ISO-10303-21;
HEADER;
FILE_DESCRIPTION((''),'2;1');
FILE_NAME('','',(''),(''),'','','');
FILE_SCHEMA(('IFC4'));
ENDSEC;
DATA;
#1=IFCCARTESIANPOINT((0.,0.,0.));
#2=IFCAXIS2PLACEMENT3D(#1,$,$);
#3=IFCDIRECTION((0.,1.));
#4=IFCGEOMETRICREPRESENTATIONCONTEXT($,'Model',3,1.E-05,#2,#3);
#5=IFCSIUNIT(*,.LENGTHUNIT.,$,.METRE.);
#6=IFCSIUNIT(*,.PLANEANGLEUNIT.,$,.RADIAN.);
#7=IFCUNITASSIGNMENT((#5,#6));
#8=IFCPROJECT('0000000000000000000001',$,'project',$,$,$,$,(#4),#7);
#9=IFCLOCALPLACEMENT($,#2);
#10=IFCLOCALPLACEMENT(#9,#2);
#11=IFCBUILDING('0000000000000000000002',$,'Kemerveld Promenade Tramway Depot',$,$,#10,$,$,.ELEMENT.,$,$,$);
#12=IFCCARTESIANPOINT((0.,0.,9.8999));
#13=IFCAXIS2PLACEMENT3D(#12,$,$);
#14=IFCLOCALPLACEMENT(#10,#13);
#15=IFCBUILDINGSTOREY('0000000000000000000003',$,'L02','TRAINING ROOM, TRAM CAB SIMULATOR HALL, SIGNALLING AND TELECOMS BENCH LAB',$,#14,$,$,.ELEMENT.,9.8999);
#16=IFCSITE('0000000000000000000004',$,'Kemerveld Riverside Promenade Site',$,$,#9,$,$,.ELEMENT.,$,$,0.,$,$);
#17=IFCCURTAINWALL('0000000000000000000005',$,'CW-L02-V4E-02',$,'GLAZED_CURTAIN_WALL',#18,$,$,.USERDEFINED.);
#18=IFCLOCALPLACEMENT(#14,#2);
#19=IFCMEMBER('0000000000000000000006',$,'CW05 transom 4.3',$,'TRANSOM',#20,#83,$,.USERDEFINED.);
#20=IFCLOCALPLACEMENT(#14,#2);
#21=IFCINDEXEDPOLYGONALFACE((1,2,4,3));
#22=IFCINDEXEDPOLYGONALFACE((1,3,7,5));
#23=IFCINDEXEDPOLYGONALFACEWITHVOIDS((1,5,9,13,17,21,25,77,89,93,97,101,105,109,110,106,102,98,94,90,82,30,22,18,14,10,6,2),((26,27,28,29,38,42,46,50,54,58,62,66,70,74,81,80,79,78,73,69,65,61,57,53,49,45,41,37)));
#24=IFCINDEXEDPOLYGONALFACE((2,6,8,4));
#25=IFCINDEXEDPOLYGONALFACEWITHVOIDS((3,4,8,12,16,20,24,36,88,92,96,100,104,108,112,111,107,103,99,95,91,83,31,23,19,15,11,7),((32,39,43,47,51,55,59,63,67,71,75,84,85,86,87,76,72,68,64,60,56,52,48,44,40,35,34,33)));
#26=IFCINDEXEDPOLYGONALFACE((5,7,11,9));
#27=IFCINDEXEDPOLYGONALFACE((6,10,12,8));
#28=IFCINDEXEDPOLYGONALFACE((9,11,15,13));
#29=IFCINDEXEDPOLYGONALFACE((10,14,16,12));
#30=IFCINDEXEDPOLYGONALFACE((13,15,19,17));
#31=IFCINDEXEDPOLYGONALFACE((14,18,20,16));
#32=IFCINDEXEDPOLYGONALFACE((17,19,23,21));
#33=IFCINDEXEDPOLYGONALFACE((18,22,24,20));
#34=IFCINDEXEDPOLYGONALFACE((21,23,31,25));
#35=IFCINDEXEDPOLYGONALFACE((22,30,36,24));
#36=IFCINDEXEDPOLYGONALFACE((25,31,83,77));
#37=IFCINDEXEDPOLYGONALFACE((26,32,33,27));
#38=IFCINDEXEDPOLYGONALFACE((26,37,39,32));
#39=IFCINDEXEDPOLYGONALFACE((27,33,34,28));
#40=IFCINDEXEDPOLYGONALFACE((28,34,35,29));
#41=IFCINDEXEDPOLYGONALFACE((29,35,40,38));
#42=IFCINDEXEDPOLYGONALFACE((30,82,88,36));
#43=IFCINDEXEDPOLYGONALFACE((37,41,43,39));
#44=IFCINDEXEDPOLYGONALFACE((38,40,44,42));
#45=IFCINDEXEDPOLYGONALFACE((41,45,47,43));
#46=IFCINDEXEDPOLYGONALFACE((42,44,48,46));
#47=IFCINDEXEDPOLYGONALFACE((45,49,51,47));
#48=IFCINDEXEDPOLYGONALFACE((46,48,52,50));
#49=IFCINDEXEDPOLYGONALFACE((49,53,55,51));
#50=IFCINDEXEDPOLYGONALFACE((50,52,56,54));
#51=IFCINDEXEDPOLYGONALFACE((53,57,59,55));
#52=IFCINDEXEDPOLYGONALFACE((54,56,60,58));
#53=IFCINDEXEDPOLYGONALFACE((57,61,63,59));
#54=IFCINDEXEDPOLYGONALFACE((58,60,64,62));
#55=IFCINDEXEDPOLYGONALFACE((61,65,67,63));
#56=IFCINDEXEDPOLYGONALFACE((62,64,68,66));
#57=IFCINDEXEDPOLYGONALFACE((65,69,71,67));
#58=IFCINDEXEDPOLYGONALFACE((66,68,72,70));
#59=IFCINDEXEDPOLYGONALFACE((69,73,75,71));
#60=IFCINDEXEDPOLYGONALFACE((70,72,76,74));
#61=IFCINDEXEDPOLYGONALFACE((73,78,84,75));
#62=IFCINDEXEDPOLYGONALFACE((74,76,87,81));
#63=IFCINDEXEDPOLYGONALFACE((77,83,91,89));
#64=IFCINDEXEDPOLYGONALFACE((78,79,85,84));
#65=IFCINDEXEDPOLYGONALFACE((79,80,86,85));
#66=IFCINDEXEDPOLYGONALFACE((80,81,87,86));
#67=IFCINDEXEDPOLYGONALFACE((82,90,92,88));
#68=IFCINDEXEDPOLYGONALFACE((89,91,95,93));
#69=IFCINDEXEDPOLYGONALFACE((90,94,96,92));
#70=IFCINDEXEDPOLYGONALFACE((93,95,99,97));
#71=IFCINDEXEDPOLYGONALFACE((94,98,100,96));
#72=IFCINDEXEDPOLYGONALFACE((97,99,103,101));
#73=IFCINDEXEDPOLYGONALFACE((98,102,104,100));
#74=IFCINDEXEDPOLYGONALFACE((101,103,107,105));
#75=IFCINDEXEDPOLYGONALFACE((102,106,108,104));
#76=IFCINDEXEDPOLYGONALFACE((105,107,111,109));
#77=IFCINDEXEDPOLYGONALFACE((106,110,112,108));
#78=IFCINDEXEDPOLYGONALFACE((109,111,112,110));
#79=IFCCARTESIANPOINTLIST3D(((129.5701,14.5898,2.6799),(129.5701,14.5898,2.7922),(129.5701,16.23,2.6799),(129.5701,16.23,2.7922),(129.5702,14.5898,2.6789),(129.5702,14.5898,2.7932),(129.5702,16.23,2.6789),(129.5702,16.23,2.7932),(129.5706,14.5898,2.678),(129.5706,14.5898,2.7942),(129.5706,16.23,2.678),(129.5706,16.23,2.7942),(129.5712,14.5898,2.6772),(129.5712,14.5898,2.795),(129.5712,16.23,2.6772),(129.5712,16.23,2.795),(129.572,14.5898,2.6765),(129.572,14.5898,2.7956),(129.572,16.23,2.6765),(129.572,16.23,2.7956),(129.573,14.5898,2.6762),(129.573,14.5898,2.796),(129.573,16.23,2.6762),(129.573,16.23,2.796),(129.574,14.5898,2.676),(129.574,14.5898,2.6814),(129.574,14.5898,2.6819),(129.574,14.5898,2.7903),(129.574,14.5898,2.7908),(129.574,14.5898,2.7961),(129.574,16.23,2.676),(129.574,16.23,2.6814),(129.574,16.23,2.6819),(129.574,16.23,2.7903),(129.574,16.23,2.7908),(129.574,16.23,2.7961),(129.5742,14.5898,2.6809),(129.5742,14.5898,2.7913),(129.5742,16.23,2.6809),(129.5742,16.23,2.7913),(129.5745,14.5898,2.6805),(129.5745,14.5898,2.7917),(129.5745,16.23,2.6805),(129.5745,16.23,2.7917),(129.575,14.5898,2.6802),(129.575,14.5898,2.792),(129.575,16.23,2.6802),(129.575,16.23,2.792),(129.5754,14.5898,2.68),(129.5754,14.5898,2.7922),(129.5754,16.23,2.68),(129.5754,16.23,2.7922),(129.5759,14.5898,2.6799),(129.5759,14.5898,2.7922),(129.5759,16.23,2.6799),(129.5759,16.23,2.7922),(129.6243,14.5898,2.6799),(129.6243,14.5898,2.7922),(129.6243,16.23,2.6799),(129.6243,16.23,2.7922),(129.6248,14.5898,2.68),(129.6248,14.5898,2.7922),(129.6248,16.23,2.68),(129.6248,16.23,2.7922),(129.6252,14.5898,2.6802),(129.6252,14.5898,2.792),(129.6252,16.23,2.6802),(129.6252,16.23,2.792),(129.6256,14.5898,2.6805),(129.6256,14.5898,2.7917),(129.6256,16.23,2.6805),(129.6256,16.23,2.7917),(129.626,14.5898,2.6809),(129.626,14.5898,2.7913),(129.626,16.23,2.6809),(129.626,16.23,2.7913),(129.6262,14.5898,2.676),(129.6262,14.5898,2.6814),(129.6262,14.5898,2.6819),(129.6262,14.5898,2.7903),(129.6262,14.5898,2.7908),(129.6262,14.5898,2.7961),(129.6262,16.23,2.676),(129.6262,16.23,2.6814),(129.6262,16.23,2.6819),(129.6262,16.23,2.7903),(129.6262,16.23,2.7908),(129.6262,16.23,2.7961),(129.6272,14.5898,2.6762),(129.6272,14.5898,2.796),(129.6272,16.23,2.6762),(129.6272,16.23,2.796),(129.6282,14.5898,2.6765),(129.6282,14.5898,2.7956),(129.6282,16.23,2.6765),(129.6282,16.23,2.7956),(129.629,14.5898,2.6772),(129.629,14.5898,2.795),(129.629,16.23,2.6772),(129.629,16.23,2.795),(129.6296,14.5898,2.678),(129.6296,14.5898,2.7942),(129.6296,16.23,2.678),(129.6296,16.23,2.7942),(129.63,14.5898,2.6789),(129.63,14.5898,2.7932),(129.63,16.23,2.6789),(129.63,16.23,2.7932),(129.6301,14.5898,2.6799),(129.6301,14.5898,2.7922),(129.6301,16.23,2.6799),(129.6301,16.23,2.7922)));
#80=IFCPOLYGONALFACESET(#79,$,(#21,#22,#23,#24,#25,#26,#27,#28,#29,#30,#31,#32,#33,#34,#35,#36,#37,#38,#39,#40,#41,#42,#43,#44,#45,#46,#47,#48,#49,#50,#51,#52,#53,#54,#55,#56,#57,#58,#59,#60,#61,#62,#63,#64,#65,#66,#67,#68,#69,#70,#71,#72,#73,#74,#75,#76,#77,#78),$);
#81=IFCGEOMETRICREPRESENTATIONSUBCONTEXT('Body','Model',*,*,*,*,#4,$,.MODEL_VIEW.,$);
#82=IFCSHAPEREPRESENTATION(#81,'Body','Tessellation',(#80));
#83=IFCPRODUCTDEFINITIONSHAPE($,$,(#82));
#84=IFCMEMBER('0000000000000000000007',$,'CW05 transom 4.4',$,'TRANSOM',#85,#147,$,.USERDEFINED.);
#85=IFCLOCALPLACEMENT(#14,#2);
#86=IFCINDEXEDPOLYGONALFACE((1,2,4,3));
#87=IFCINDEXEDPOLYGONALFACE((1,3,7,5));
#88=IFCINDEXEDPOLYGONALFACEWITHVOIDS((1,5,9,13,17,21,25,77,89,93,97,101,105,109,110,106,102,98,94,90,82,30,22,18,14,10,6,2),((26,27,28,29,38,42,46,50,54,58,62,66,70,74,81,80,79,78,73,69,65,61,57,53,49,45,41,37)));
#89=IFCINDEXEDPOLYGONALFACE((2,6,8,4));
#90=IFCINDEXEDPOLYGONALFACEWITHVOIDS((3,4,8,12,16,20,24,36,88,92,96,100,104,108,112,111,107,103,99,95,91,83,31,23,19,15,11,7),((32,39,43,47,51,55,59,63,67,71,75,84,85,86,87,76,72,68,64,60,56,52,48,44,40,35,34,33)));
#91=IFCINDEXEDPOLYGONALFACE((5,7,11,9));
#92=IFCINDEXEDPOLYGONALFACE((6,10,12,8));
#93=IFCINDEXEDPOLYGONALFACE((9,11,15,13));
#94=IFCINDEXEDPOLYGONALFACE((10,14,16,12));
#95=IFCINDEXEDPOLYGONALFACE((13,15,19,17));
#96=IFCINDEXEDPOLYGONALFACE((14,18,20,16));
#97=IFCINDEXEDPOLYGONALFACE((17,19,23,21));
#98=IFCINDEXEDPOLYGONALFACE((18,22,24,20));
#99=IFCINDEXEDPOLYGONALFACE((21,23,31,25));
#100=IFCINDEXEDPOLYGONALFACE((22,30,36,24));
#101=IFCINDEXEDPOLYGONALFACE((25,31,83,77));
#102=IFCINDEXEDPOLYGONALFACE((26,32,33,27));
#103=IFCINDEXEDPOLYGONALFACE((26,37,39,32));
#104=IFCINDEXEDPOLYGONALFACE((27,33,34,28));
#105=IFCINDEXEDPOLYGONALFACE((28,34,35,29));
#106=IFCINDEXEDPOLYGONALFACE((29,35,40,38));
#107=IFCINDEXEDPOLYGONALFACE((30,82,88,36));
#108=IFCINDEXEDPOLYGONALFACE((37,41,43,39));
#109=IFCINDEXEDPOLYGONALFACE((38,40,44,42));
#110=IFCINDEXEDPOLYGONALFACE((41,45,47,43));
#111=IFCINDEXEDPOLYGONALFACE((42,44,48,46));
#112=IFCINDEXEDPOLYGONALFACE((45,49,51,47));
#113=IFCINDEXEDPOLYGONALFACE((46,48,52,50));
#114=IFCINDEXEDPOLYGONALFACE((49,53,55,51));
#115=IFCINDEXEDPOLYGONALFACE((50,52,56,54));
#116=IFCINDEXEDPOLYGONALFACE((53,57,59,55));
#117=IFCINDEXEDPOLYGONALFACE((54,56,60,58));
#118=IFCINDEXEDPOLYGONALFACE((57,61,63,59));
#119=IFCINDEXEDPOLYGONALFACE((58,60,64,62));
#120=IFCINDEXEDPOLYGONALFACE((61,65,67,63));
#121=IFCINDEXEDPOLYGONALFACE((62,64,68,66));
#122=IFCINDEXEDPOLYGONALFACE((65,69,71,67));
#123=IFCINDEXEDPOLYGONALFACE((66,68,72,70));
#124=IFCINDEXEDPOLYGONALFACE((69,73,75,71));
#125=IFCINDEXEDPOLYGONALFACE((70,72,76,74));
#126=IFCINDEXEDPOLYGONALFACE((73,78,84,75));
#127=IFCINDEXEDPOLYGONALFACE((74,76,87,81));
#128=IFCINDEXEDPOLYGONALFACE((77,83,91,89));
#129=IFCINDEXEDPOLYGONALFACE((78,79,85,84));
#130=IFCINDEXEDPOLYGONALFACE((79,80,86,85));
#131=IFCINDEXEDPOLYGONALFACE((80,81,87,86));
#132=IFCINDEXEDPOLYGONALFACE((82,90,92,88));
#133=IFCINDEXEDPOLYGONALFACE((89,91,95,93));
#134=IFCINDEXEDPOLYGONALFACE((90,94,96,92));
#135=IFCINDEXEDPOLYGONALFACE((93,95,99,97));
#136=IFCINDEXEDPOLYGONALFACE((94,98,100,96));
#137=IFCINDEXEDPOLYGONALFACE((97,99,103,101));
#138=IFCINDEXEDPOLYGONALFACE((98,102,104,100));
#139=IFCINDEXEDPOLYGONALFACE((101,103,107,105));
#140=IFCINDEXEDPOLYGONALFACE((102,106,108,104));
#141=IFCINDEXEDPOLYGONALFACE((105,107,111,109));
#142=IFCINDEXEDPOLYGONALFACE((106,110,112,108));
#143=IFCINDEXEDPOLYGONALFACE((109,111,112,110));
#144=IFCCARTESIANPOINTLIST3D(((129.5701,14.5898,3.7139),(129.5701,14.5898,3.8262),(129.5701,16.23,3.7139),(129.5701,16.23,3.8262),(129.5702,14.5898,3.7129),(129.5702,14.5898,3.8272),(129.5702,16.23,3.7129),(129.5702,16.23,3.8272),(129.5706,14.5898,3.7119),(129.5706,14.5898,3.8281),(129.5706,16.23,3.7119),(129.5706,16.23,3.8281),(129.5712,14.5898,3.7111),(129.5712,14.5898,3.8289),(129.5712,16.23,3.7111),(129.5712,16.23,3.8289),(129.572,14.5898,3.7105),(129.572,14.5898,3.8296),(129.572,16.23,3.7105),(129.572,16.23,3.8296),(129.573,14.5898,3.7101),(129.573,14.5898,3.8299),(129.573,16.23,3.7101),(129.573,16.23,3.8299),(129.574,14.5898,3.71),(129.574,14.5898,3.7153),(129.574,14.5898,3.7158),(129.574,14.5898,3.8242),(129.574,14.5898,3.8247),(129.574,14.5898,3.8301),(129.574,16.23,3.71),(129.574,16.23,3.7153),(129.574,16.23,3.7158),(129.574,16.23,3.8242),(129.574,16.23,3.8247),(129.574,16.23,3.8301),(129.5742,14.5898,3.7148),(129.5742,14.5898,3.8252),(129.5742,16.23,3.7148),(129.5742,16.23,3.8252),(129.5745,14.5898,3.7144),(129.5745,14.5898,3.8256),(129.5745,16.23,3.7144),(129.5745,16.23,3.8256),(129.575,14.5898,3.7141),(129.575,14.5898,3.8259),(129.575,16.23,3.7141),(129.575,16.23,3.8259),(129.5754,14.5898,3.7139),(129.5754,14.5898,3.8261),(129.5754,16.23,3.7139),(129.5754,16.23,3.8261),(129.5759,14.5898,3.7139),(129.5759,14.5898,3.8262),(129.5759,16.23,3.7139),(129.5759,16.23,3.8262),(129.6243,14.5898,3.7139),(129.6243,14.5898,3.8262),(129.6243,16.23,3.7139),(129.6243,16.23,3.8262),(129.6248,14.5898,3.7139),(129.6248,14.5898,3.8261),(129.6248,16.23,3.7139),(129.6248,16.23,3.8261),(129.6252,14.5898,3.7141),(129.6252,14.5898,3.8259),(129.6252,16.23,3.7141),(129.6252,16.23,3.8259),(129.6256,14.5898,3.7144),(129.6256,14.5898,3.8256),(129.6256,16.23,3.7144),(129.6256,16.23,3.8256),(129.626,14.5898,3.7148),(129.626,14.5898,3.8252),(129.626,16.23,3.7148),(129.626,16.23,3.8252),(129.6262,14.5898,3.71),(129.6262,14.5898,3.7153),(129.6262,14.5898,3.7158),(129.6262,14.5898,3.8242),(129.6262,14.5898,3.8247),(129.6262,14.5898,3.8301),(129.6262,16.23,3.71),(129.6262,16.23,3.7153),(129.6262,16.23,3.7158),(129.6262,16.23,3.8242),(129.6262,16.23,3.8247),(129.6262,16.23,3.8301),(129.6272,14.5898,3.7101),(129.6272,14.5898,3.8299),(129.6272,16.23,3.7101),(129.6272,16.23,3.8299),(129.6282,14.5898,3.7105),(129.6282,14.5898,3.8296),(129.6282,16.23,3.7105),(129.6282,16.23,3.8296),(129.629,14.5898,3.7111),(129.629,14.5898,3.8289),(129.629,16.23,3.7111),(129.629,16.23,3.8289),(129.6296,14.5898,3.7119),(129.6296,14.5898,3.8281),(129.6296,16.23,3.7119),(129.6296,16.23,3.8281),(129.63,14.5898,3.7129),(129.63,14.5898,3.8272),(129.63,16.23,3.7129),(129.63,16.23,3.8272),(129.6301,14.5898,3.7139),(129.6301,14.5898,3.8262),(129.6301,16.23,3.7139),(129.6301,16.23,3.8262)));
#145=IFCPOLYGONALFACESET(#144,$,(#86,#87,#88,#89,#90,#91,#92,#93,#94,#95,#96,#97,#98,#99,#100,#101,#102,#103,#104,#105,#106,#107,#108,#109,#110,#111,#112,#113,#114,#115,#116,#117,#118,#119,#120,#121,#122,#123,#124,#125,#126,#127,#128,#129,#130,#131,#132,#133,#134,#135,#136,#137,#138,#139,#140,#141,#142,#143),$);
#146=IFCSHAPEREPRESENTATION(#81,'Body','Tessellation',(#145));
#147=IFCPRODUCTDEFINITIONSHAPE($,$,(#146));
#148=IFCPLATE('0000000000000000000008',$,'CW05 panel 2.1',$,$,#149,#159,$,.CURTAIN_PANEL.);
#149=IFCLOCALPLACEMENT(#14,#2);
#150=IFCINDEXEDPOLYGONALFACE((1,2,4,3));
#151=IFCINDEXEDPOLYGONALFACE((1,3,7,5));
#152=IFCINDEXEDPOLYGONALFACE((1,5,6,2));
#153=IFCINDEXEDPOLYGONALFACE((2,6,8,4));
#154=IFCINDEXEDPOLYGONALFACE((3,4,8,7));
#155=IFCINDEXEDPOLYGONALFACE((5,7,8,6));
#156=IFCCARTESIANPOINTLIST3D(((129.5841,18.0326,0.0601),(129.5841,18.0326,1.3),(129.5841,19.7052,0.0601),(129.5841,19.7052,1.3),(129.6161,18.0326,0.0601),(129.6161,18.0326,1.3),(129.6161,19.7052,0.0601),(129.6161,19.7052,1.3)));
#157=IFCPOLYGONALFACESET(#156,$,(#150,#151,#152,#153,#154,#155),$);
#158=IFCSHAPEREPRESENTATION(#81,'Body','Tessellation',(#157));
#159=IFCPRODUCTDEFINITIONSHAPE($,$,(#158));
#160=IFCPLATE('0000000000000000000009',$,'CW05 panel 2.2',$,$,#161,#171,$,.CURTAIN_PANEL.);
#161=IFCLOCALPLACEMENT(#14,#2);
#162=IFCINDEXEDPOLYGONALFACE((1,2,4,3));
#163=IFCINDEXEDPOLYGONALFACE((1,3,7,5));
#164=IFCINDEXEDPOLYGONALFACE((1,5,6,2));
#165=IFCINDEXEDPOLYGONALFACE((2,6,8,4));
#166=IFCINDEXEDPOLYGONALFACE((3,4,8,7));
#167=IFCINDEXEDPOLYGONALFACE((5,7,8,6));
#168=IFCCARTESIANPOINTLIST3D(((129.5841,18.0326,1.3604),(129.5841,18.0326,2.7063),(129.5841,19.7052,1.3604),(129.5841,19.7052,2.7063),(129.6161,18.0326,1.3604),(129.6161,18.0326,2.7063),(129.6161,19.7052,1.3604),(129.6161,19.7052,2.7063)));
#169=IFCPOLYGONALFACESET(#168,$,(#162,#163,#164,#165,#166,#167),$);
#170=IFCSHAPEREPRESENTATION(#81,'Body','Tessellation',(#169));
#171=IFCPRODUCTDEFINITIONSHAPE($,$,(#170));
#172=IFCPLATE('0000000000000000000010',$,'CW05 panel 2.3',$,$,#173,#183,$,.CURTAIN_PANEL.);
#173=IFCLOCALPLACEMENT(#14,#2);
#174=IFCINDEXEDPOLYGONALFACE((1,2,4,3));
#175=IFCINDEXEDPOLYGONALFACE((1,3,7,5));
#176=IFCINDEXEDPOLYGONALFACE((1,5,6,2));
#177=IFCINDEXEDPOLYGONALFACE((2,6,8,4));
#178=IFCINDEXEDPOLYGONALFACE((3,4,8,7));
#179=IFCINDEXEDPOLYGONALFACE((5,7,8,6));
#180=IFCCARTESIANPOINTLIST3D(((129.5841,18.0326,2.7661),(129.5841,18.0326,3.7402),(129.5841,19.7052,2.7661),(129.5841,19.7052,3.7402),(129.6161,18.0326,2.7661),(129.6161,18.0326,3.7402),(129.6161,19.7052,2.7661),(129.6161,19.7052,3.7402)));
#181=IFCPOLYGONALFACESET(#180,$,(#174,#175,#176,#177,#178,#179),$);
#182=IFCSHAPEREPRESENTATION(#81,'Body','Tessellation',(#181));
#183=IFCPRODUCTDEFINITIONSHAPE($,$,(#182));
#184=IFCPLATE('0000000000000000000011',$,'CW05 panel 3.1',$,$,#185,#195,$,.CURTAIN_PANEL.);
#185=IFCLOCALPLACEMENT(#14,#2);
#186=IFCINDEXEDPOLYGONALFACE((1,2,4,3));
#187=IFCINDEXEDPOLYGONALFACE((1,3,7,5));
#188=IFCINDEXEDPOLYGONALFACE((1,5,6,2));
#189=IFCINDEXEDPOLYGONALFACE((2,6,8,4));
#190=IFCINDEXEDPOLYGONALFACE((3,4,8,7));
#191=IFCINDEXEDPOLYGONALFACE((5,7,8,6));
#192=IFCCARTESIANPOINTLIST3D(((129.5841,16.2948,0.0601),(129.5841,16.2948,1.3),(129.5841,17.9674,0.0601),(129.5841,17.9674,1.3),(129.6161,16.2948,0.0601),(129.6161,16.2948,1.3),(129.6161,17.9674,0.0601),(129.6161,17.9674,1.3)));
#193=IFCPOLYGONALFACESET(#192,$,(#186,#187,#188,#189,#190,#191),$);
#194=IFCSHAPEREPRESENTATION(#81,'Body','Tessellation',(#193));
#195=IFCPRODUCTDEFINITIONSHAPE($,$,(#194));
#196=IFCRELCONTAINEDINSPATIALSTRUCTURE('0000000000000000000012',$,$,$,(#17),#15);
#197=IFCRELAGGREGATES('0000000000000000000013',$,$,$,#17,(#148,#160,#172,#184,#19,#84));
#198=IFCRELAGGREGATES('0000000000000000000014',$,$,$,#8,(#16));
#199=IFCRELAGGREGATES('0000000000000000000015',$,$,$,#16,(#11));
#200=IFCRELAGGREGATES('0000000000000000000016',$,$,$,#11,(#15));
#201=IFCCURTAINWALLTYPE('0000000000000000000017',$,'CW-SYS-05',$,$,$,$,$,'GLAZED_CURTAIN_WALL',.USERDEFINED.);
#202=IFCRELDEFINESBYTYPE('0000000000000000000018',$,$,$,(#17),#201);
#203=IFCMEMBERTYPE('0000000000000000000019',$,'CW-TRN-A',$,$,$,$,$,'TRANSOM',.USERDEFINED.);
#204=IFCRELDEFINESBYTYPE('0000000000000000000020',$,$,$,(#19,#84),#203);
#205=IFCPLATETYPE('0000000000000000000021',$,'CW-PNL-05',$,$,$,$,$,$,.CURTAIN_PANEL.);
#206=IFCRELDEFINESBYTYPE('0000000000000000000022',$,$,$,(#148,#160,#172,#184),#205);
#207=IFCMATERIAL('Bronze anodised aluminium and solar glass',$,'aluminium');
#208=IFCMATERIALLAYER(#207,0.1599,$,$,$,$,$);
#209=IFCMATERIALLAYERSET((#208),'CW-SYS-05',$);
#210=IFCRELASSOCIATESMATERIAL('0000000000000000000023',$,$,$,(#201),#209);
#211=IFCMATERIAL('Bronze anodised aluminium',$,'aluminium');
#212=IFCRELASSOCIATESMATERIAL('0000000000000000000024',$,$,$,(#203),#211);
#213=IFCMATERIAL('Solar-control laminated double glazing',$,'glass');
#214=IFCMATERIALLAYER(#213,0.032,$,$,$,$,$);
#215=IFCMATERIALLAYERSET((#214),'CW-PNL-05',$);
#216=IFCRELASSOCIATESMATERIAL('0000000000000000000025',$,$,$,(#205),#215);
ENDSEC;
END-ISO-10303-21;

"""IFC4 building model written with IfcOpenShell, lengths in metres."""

from ifc_helpers import new_model, si_unit, direction, frame, origin, origin_2d, place, context, subcontext, project, spatial, rectangle, hollow_rectangle, extrude, material, layer, layer_set, material_profile, profile_set, type_object, element, aggregate, save


model = new_model("IFC4")

# Units and contexts
model_context = context("Model", 3, precision=1e-05, world=origin(), true_north=direction((0.0, 1.0)))
body_context = subcontext(model_context, "Body", "Model", "MODEL_VIEW")
ifc_project = project(units=[si_unit("LENGTHUNIT", "METRE"), si_unit("PLANEANGLEUNIT", "RADIAN")], contexts=[model_context])

# Site, building, storey
site_placement = place(None, origin())
site = spatial("IfcSite", under=ifc_project, at=site_placement, Name="Kemerveld Riverside Promenade Site", CompositionType="ELEMENT", RefElevation=0.0)
building_placement = place(site_placement, origin())
building = spatial("IfcBuilding", under=site, at=building_placement, Name="Kemerveld Promenade Tramway Depot", CompositionType="ELEMENT")
storey_placement = place(building_placement, frame((0.0, 0.0, 9.8999)))
storey = spatial("IfcBuildingStorey", under=building, at=storey_placement, Name="L02", Description="TRAINING ROOM, TRAM CAB SIMULATOR HALL, SIGNALLING AND TELECOMS BENCH LAB", CompositionType="ELEMENT", Elevation=9.8999)

# Curtain wall, members, plates
ifc_material_1 = material(Name="Bronze anodised aluminium and solar glass", Category="aluminium")
ifc_layer_1 = layer(ifc_material_1, 0.1599)
ifc_layer_set_1 = layer_set([ifc_layer_1], Name="CW-SYS-05")
curtain_wall_type = type_object("IfcCurtainWallType", Name="CW-SYS-05", ElementType="GLAZED_CURTAIN_WALL", PredefinedType="USERDEFINED", material=ifc_layer_set_1)
curtain_wall_placement = place(storey_placement, origin())
curtain_wall = element("IfcCurtainWall", 1, at=curtain_wall_placement, inside=storey, type_object=curtain_wall_type, Name="CW-L02-V4E-02", ObjectType="GLAZED_CURTAIN_WALL", PredefinedType="USERDEFINED")
ifc_material_2 = material(Name="Bronze anodised aluminium", Category="aluminium")
ifc_material_profile = material_profile(ifc_material_2, hollow_rectangle(XDim=0.0601, YDim=0.1201, WallThickness=0.0039, InnerFilletRadius=0.002, OuterFilletRadius=0.0039, at=origin_2d()), Name="CW-TRN-120x60")
ifc_profile_set = profile_set([ifc_material_profile], Name="Bronze anodised aluminium")
member_type = type_object("IfcMemberType", Name="CW-TRN-A", ElementType="TRANSOM", PredefinedType="USERDEFINED", material=ifc_profile_set)
member_1_placement = place(storey_placement, frame((129.6001, 16.23, 2.7361), z_axis=(0.0, -1.0, 0.0), x_axis=(1.0, 0.0, 0.0)))
member_1 = element("IfcMember", 2, at=member_1_placement, type_object=member_type, Name="CW05 transom 4.3", ObjectType="TRANSOM", PredefinedType="USERDEFINED", context=body_context, shape_type="SweptSolid", body=[
    extrude(hollow_rectangle(XDim=0.0601, YDim=0.1201, WallThickness=0.0039, InnerFilletRadius=0.002, OuterFilletRadius=0.0039, at=origin_2d()), origin(), (0.0, 0.0, 1.0), 1.6401),
])
member_2_placement = place(storey_placement, frame((129.6001, 16.23, 3.77), z_axis=(0.0, -1.0, 0.0), x_axis=(1.0, 0.0, 0.0)))
member_2 = element("IfcMember", 3, at=member_2_placement, type_object=member_type, Name="CW05 transom 4.4", ObjectType="TRANSOM", PredefinedType="USERDEFINED", context=body_context, shape_type="SweptSolid", body=[
    extrude(hollow_rectangle(XDim=0.0601, YDim=0.1201, WallThickness=0.0039, InnerFilletRadius=0.002, OuterFilletRadius=0.0039, at=origin_2d()), origin(), (0.0, 0.0, 1.0), 1.6401),
])
ifc_material_3 = material(Name="Solar-control laminated double glazing", Category="glass")
ifc_layer_2 = layer(ifc_material_3, 0.032)
ifc_layer_set_2 = layer_set([ifc_layer_2], Name="CW-PNL-05")
plate_type = type_object("IfcPlateType", Name="CW-PNL-05", PredefinedType="CURTAIN_PANEL", material=ifc_layer_set_2)
plate_1_placement = place(storey_placement, frame((129.6001, 18.8689, 0.0601), z_axis=(0.0, 0.0, 1.0), x_axis=(0.0, -1.0, 0.0)))
plate_1 = element("IfcPlate", 4, at=plate_1_placement, type_object=plate_type, Name="CW05 panel 2.1", PredefinedType="CURTAIN_PANEL", context=body_context, shape_type="SweptSolid", body=[
    extrude(rectangle(XDim=1.6726, YDim=0.032, at=origin_2d()), origin(), (0.0, 0.0, 1.0), 1.24),
])
plate_2_placement = place(storey_placement, frame((129.6001, 18.8689, 1.3604), z_axis=(0.0, 0.0, 1.0), x_axis=(0.0, -1.0, 0.0)))
plate_2 = element("IfcPlate", 5, at=plate_2_placement, type_object=plate_type, Name="CW05 panel 2.2", PredefinedType="CURTAIN_PANEL", context=body_context, shape_type="SweptSolid", body=[
    extrude(rectangle(XDim=1.6726, YDim=0.032, at=origin_2d()), origin(), (0.0, 0.0, 1.0), 1.3459),
])
plate_3_placement = place(storey_placement, frame((129.6001, 18.8689, 2.7661), z_axis=(0.0, 0.0, 1.0), x_axis=(0.0, -1.0, 0.0)))
plate_3 = element("IfcPlate", 6, at=plate_3_placement, type_object=plate_type, Name="CW05 panel 2.3", PredefinedType="CURTAIN_PANEL", context=body_context, shape_type="SweptSolid", body=[
    extrude(rectangle(XDim=1.6726, YDim=0.032, at=origin_2d()), origin(), (0.0, 0.0, 1.0), 0.9741),
])
plate_4_placement = place(storey_placement, frame((129.6001, 17.1311, 0.0601), z_axis=(0.0, 0.0, 1.0), x_axis=(0.0, -1.0, 0.0)))
plate_4 = element("IfcPlate", 7, at=plate_4_placement, type_object=plate_type, Name="CW05 panel 3.1", PredefinedType="CURTAIN_PANEL", context=body_context, shape_type="SweptSolid", body=[
    extrude(rectangle(XDim=1.6726, YDim=0.032, at=origin_2d()), origin(), (0.0, 0.0, 1.0), 1.24),
])
aggregate(curtain_wall, [plate_1, plate_2, plate_3, plate_4, member_1, member_2])

save(model, "model.ifc")
